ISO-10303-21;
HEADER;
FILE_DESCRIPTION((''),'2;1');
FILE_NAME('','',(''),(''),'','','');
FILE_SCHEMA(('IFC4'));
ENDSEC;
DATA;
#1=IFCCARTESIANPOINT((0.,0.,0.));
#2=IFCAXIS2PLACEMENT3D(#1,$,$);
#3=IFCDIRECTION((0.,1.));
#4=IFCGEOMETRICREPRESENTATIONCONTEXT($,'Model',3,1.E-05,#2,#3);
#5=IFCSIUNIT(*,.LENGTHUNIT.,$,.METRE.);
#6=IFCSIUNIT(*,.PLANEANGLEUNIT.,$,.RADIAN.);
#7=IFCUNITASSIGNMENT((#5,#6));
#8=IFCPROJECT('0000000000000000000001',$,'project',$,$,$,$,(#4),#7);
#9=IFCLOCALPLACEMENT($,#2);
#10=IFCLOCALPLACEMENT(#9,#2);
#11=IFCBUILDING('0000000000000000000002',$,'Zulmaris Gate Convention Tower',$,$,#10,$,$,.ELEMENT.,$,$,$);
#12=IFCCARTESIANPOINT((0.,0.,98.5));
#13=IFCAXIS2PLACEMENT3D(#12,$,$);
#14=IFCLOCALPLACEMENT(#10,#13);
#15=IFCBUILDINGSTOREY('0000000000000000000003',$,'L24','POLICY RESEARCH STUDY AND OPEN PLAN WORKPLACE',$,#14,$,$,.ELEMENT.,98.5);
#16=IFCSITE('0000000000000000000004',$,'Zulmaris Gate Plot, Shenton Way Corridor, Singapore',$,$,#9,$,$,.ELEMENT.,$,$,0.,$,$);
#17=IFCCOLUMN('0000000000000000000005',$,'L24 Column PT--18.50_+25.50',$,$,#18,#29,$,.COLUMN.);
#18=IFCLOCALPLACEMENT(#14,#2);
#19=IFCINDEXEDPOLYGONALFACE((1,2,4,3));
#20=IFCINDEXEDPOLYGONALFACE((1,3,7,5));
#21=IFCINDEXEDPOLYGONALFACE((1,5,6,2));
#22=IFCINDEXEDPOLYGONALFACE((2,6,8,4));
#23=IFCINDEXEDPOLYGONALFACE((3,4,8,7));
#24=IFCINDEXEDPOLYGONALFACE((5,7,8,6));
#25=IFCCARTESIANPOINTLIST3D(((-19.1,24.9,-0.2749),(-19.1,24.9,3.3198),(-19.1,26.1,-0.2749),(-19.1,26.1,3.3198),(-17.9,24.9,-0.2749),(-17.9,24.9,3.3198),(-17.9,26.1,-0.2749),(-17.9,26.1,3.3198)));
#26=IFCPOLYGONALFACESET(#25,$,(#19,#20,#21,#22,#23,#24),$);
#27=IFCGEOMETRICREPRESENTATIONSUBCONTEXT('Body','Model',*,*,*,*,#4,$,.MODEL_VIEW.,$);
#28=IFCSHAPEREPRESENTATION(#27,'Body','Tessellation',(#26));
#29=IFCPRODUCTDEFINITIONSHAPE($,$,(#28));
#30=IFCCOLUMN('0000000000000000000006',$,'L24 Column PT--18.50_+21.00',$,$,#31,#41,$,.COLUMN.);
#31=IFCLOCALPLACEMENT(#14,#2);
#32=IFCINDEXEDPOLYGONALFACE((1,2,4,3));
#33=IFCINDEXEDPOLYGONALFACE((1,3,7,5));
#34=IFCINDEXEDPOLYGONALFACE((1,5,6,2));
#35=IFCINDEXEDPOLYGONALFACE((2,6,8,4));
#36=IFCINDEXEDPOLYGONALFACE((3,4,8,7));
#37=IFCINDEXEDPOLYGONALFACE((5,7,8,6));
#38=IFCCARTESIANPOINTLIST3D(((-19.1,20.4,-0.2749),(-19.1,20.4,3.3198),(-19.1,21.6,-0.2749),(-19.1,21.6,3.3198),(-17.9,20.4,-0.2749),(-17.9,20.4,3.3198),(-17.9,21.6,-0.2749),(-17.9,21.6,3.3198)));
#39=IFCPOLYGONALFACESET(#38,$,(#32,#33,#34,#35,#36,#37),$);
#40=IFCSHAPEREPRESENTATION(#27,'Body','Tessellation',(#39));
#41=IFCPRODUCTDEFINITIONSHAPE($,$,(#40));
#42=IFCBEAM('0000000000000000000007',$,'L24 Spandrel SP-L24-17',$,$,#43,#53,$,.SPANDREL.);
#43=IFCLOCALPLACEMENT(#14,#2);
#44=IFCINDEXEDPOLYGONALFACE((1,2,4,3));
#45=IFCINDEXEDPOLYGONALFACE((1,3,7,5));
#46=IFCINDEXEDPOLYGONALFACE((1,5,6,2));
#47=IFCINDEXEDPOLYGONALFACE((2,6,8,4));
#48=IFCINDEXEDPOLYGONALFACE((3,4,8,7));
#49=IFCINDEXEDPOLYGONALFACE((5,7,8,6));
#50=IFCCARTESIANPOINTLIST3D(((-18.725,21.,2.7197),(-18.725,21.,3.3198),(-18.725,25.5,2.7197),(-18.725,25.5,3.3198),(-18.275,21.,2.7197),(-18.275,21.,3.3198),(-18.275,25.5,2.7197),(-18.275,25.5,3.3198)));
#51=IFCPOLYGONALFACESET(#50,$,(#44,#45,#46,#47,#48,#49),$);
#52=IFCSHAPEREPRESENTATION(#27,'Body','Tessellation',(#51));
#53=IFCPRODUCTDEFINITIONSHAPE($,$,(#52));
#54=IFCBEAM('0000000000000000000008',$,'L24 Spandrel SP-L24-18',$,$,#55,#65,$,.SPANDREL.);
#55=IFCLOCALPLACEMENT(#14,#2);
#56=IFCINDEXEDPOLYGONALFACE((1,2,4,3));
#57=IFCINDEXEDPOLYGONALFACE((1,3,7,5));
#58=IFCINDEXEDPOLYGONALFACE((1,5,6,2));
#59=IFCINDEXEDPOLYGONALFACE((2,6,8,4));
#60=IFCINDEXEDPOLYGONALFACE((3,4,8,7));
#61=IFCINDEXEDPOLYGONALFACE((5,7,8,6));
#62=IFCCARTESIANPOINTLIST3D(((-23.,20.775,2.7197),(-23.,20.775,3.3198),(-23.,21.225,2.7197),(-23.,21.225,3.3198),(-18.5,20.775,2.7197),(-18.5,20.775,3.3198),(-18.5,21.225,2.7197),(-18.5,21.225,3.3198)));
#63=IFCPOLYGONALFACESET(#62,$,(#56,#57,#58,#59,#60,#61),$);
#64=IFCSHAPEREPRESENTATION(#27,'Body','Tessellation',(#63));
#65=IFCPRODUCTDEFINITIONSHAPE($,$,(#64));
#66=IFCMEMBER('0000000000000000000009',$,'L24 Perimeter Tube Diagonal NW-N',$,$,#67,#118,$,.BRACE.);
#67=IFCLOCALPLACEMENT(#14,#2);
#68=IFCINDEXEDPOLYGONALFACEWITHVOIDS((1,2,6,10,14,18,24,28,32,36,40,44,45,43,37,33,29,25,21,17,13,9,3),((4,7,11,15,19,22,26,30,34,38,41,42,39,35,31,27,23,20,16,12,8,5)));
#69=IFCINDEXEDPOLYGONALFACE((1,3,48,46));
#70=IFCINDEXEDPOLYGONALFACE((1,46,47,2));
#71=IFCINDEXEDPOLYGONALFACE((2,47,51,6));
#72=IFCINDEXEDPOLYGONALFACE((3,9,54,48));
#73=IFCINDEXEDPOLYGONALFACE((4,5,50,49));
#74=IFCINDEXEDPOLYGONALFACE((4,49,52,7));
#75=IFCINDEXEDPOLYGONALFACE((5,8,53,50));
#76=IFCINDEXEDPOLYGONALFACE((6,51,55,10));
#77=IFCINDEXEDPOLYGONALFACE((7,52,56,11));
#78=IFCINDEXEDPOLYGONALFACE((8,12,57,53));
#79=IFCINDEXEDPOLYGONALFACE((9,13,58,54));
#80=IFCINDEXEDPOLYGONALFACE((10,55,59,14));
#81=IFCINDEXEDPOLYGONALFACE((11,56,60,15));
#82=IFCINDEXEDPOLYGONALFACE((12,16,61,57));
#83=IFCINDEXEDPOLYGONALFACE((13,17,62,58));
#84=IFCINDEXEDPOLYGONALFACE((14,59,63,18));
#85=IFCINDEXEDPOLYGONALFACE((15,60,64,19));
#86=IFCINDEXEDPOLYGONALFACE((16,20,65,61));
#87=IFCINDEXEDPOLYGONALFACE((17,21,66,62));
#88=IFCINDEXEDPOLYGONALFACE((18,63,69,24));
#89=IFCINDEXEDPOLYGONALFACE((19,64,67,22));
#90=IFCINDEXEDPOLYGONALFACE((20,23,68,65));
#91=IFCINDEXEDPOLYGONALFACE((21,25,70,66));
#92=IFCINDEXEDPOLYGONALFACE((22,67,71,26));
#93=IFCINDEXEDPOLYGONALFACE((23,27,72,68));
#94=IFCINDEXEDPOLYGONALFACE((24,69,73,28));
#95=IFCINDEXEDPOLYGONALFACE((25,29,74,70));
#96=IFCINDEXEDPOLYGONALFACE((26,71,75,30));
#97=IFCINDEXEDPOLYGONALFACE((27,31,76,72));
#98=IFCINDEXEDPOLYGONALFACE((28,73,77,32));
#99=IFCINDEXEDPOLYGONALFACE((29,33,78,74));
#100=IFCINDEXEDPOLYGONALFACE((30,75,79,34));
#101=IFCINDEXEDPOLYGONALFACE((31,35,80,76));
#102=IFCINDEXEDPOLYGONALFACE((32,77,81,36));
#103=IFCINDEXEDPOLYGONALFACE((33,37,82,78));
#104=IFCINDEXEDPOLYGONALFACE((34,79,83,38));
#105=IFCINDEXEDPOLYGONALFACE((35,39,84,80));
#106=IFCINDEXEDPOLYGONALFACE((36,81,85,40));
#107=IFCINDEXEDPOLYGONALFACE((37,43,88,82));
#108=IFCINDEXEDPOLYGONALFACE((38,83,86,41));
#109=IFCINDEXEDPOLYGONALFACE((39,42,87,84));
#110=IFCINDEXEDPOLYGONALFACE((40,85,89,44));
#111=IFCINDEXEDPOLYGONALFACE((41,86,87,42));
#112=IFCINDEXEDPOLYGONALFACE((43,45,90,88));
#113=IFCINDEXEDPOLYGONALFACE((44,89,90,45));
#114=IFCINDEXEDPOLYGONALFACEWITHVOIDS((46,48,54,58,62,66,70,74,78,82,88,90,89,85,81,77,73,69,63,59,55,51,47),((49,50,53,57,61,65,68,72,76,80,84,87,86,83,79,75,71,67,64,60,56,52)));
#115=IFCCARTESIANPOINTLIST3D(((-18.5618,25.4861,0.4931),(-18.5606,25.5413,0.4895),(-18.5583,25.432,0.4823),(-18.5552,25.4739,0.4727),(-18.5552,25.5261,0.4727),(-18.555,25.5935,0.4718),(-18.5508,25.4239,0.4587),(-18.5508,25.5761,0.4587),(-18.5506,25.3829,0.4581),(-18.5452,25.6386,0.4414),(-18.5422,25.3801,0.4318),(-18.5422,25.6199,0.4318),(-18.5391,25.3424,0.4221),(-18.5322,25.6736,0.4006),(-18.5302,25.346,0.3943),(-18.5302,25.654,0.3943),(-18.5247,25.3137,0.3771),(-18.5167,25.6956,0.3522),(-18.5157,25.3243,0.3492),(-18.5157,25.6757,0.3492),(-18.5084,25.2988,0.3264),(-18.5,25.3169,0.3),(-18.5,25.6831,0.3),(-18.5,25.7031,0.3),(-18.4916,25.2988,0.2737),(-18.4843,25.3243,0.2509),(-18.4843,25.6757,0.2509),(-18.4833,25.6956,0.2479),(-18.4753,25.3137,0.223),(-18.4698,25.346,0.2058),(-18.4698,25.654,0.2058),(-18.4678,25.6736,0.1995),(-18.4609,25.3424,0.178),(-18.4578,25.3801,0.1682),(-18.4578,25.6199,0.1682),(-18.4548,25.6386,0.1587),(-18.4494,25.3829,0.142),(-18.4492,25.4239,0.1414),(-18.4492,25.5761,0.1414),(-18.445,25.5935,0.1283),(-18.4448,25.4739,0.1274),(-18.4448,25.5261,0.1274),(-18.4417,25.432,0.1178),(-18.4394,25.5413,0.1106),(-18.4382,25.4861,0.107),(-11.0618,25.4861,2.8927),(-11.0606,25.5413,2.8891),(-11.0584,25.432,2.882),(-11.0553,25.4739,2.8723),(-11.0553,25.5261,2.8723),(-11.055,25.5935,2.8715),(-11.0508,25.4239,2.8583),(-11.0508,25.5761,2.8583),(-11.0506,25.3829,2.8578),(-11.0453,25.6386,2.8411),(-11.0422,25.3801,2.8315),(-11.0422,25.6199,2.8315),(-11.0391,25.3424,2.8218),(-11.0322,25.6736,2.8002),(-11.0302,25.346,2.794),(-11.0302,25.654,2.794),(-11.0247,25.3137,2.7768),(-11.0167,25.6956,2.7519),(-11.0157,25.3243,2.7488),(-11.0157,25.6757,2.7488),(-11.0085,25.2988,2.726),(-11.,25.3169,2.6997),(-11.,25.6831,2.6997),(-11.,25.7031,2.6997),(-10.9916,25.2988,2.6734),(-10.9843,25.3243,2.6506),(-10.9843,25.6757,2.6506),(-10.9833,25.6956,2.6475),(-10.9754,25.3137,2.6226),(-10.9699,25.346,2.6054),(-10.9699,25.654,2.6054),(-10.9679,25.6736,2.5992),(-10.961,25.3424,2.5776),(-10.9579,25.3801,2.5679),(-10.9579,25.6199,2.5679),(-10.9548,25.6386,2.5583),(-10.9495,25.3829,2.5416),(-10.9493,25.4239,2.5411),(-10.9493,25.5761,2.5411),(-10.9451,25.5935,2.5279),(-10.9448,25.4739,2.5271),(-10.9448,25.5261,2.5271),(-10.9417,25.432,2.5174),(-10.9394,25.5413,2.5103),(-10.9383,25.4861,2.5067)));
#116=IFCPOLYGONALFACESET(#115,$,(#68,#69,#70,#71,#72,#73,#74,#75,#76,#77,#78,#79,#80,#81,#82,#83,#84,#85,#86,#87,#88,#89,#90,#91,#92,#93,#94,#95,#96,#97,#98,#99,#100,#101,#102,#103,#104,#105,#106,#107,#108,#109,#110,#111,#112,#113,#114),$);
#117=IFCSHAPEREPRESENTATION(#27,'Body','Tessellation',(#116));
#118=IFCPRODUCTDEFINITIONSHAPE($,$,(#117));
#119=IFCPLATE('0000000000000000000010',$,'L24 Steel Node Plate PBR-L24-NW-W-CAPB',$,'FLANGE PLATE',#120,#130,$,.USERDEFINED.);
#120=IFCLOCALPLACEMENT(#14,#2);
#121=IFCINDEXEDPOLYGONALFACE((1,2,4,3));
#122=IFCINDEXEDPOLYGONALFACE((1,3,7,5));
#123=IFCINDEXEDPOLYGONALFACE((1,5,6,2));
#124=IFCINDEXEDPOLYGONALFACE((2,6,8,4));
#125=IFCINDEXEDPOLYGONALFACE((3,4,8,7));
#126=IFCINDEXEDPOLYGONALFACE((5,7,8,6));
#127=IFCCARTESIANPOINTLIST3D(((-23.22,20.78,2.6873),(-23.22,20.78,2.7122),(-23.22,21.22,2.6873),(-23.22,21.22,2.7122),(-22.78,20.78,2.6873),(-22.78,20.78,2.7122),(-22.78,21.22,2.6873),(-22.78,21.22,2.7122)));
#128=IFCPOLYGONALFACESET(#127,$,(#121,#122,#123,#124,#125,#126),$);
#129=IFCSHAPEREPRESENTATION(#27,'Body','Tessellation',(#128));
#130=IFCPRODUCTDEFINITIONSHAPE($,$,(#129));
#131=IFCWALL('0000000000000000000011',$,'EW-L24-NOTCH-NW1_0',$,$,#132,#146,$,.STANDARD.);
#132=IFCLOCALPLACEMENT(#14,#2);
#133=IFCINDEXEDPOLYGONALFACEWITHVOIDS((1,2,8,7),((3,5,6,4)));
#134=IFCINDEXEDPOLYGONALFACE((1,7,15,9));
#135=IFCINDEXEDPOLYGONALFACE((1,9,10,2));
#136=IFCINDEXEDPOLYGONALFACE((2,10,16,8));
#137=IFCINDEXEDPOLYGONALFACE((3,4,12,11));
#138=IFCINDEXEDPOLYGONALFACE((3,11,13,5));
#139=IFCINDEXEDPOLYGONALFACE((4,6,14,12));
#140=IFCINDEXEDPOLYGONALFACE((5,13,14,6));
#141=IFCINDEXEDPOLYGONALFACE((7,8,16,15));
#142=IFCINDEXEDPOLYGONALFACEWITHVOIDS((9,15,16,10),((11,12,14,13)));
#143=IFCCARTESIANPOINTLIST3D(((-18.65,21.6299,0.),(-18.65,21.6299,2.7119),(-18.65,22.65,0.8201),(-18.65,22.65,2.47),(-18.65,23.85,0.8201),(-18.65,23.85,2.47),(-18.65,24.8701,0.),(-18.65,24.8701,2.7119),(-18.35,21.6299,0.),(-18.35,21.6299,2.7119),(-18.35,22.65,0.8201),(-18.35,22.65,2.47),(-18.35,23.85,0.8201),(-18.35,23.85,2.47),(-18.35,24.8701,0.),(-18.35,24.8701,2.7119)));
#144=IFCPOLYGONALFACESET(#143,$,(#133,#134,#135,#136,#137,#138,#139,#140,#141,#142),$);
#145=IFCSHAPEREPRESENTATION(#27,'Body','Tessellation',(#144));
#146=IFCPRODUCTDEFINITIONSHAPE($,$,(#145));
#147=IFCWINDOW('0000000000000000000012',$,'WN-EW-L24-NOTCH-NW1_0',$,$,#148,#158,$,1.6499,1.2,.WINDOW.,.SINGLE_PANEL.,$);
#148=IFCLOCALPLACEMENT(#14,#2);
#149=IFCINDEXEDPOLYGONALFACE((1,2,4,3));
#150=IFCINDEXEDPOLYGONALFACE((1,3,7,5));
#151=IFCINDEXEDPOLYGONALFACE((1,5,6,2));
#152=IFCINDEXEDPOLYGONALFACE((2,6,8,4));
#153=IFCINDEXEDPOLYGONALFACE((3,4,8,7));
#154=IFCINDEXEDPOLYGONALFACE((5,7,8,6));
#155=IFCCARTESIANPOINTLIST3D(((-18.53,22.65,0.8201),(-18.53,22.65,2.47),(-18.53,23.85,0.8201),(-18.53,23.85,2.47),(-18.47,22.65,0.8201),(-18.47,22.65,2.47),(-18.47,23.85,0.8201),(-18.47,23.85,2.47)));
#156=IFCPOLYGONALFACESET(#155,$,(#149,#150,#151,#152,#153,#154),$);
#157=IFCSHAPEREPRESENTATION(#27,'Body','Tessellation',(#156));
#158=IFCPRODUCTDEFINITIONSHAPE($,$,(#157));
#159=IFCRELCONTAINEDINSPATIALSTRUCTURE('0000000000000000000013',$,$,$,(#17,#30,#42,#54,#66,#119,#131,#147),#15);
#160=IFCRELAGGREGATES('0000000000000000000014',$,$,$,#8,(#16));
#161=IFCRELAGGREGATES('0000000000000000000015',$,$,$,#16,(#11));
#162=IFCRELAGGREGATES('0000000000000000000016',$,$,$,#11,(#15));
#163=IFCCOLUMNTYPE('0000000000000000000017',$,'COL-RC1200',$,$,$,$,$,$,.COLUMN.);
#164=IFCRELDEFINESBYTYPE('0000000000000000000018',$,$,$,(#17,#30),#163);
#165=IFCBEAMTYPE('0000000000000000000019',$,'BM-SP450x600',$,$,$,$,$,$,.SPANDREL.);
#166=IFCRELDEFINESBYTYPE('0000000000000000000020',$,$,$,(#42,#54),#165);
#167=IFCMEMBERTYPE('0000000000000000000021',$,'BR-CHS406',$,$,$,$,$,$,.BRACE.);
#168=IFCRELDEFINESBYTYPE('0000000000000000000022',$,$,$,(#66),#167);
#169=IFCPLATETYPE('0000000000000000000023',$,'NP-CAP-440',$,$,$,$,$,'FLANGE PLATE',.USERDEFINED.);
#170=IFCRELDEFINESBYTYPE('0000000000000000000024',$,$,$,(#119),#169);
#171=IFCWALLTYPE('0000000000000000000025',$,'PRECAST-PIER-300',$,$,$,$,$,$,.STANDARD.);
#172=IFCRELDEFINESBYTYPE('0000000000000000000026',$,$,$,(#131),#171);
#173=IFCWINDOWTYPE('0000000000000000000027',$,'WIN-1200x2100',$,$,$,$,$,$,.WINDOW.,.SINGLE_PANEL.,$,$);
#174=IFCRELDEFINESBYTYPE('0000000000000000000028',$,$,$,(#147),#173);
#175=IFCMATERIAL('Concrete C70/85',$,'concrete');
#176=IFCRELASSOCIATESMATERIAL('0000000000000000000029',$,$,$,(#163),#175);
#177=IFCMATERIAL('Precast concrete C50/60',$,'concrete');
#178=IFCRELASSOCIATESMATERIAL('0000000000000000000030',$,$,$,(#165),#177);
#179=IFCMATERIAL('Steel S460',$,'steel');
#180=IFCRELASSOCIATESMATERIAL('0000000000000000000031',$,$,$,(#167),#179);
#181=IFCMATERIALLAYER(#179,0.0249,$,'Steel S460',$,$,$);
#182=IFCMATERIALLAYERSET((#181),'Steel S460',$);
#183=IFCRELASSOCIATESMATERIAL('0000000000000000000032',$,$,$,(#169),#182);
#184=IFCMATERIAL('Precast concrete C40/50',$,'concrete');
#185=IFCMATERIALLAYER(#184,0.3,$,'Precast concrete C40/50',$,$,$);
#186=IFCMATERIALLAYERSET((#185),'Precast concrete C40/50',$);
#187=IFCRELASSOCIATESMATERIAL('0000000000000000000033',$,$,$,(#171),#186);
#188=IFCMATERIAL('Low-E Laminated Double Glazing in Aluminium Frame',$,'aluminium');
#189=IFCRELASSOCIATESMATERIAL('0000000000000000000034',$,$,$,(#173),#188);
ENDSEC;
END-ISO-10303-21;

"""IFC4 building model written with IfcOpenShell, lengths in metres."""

from ifc_helpers import new_model, si_unit, direction, frame, frame_2d, origin, origin_2d, place, context, subcontext, project, spatial, rectangle, hollow_circle, extrude, material, layer, layer_set, material_profile, profile_set, type_object, element, fill, save


model = new_model("IFC4")

# Units and contexts
model_context = context("Model", 3, precision=1e-05, world=origin(), true_north=direction((0.0, 1.0)))
body_context = subcontext(model_context, "Body", "Model", "MODEL_VIEW")
ifc_project = project(units=[si_unit("LENGTHUNIT", "METRE"), si_unit("PLANEANGLEUNIT", "RADIAN")], contexts=[model_context])

# Site, building, storey
site_placement = place(None, origin())
site = spatial("IfcSite", under=ifc_project, at=site_placement, Name="Zulmaris Gate Plot, Shenton Way Corridor, Singapore", CompositionType="ELEMENT", RefElevation=0.0)
building_placement = place(site_placement, origin())
building = spatial("IfcBuilding", under=site, at=building_placement, Name="Zulmaris Gate Convention Tower", CompositionType="ELEMENT")
storey_placement = place(building_placement, frame((0.0, 0.0, 98.5)))
storey = spatial("IfcBuildingStorey", under=building, at=storey_placement, Name="L24", Description="POLICY RESEARCH STUDY AND OPEN PLAN WORKPLACE", CompositionType="ELEMENT", Elevation=98.5)

# Columns
ifc_material_1 = material(Name="Concrete C70/85", Category="concrete")
ifc_material_profile_1 = material_profile(ifc_material_1, rectangle(XDim=1.2, YDim=1.2, at=origin_2d()), Name="RC COL 1200x1200")
ifc_profile_set_1 = profile_set([ifc_material_profile_1], Name="Concrete C70/85")
column_type = type_object("IfcColumnType", Name="COL-RC1200", PredefinedType="COLUMN", material=ifc_profile_set_1)
for number, where, z_axis, x_axis, name in (
    (1, (-18.5, 25.5, -0.2749), (0.0, 0.0, 1.0), (1.0, 0.0, 0.0), "L24 Column PT--18.50_+25.50"),
    (2, (-18.5, 21.0, -0.2749), (0.0, 0.0, 1.0), (1.0, 0.0, 0.0), "L24 Column PT--18.50_+21.00"),
):
    element("IfcColumn", number, at=place(storey_placement, frame(where, z_axis=z_axis, x_axis=x_axis)), inside=storey, type_object=column_type, Name=name, PredefinedType="COLUMN", context=body_context, shape_type="SweptSolid", body=[
        extrude(rectangle(XDim=1.2, YDim=1.2, at=origin_2d()), origin(), (0.0, 0.0, 1.0), 3.5947),
    ])

# Beams
ifc_material_2 = material(Name="Precast concrete C50/60", Category="concrete")
ifc_material_profile_2 = material_profile(ifc_material_2, rectangle(XDim=0.45, YDim=0.6001, at=origin_2d()), Name="RC SPANDREL 450x600")
ifc_profile_set_2 = profile_set([ifc_material_profile_2], Name="Precast concrete C50/60")
beam_type = type_object("IfcBeamType", Name="BM-SP450x600", PredefinedType="SPANDREL", material=ifc_profile_set_2)
for number, where, z_axis, x_axis, name in (
    (3, (-18.5, 25.5, 3.0198), (0.0, -1.0, 0.0), (1.0, 0.0, 0.0), "L24 Spandrel SP-L24-17"),
    (4, (-18.5, 21.0, 3.0198), (-1.0, 0.0, 0.0), (0.0, -1.0, 0.0), "L24 Spandrel SP-L24-18"),
):
    element("IfcBeam", number, at=place(storey_placement, frame(where, z_axis=z_axis, x_axis=x_axis)), inside=storey, type_object=beam_type, Name=name, PredefinedType="SPANDREL", context=body_context, shape_type="SweptSolid", body=[
        extrude(rectangle(XDim=0.45, YDim=0.6001, at=origin_2d()), origin(), (0.0, 0.0, 1.0), 4.5),
    ])

# Member
ifc_material_3 = material(Name="Steel S460", Category="steel")
ifc_material_profile_3 = material_profile(ifc_material_3, hollow_circle(Radius=0.2031, WallThickness=0.02, at=origin_2d()), Name="CHS 406.4x20")
ifc_profile_set_3 = profile_set([ifc_material_profile_3], Name="Steel S460")
member_type = type_object("IfcMemberType", Name="BR-CHS406", PredefinedType="BRACE", material=ifc_profile_set_3)
member_placement = place(storey_placement, frame((-18.5, 25.5, 0.3), z_axis=(0.952437, 0.0, 0.304736), x_axis=(0.0, 1.0, 0.0)))
element("IfcMember", 5, at=member_placement, inside=storey, type_object=member_type, Name="L24 Perimeter Tube Diagonal NW-N", PredefinedType="BRACE", context=body_context, shape_type="SweptSolid", body=[
    extrude(hollow_circle(Radius=0.2031, WallThickness=0.02, at=origin_2d()), origin(), (0.0, 0.0, 1.0), 7.8745),
])

# Plate
ifc_layer_1 = layer(ifc_material_3, 0.0249, Name="Steel S460")
ifc_layer_set_1 = layer_set([ifc_layer_1], Name="Steel S460")
plate_type = type_object("IfcPlateType", Name="NP-CAP-440", ElementType="FLANGE PLATE", PredefinedType="USERDEFINED", material=ifc_layer_set_1)
plate_placement = place(storey_placement, frame((-23.0, 21.0, 2.6873), z_axis=(0.0, 0.0, 1.0), x_axis=(1.0, 0.0, 0.0)))
element("IfcPlate", 6, at=plate_placement, inside=storey, type_object=plate_type, Name="L24 Steel Node Plate PBR-L24-NW-W-CAPB", ObjectType="FLANGE PLATE", PredefinedType="USERDEFINED", context=body_context, shape_type="SweptSolid", body=[
    extrude(rectangle(XDim=0.4399, YDim=0.4399, at=origin_2d()), origin(), (0.0, 0.0, 1.0), 0.0249),
])

# Wall, opening, window
ifc_material_4 = material(Name="Precast concrete C40/50", Category="concrete")
ifc_layer_2 = layer(ifc_material_4, 0.3, Name="Precast concrete C40/50")
ifc_layer_set_2 = layer_set([ifc_layer_2], Name="Precast concrete C40/50")
wall_type = type_object("IfcWallType", Name="PRECAST-PIER-300", PredefinedType="STANDARD", material=ifc_layer_set_2)
wall_1_placement = place(storey_placement, frame((-18.5, 24.8701, 0.0), z_axis=(0.0, 0.0, 1.0), x_axis=(0.0, -1.0, 0.0)))
wall_1 = element("IfcWall", 7, at=wall_1_placement, inside=storey, type_object=wall_type, Name="EW-L24-NOTCH-NW1_0", PredefinedType="STANDARD", context=body_context, shape_type="SweptSolid", body=[
    extrude(rectangle(XDim=3.2402, YDim=0.3, at=frame_2d((1.6201, 0.0))), origin(), (0.0, 0.0, 1.0), 2.7119),
])
opening_1_placement = place(wall_1_placement, frame((1.02, 0.0, 0.8201)))
opening_1 = element("IfcOpeningElement", 8, at=opening_1_placement, cuts=wall_1, PredefinedType="OPENING", context=body_context, shape_type="SweptSolid", body=[
    extrude(rectangle(XDim=1.2, YDim=1.6499, at=frame_2d((0.6001, 0.825))), frame((0.0, 0.1602, 0.0), z_axis=(0.0, -1.0, 0.0), x_axis=(1.0, 0.0, 0.0)), (0.0, 0.0, 1.0), 0.3201),
])
ifc_material_5 = material(Name="Low-E Laminated Double Glazing in Aluminium Frame", Category="aluminium")
window_type = type_object("IfcWindowType", Name="WIN-1200x2100", PartitioningType="SINGLE_PANEL", PredefinedType="WINDOW", material=ifc_material_5)
window_1_placement = place(opening_1_placement, origin())
window_1 = element("IfcWindow", 9, at=window_1_placement, inside=storey, type_object=window_type, Name="WN-EW-L24-NOTCH-NW1_0", OverallHeight=1.6499, OverallWidth=1.2, PartitioningType="SINGLE_PANEL", PredefinedType="WINDOW", context=body_context, shape_type="SweptSolid", body=[
    extrude(rectangle(XDim=1.2, YDim=1.6499, at=frame_2d((0.6001, 0.825))), frame((0.0, 0.03, 0.0), z_axis=(0.0, -1.0, 0.0), x_axis=(1.0, 0.0, 0.0)), (0.0, 0.0, 1.0), 0.0601),
])
fill(opening_1, window_1)

save(model, "model.ifc")
